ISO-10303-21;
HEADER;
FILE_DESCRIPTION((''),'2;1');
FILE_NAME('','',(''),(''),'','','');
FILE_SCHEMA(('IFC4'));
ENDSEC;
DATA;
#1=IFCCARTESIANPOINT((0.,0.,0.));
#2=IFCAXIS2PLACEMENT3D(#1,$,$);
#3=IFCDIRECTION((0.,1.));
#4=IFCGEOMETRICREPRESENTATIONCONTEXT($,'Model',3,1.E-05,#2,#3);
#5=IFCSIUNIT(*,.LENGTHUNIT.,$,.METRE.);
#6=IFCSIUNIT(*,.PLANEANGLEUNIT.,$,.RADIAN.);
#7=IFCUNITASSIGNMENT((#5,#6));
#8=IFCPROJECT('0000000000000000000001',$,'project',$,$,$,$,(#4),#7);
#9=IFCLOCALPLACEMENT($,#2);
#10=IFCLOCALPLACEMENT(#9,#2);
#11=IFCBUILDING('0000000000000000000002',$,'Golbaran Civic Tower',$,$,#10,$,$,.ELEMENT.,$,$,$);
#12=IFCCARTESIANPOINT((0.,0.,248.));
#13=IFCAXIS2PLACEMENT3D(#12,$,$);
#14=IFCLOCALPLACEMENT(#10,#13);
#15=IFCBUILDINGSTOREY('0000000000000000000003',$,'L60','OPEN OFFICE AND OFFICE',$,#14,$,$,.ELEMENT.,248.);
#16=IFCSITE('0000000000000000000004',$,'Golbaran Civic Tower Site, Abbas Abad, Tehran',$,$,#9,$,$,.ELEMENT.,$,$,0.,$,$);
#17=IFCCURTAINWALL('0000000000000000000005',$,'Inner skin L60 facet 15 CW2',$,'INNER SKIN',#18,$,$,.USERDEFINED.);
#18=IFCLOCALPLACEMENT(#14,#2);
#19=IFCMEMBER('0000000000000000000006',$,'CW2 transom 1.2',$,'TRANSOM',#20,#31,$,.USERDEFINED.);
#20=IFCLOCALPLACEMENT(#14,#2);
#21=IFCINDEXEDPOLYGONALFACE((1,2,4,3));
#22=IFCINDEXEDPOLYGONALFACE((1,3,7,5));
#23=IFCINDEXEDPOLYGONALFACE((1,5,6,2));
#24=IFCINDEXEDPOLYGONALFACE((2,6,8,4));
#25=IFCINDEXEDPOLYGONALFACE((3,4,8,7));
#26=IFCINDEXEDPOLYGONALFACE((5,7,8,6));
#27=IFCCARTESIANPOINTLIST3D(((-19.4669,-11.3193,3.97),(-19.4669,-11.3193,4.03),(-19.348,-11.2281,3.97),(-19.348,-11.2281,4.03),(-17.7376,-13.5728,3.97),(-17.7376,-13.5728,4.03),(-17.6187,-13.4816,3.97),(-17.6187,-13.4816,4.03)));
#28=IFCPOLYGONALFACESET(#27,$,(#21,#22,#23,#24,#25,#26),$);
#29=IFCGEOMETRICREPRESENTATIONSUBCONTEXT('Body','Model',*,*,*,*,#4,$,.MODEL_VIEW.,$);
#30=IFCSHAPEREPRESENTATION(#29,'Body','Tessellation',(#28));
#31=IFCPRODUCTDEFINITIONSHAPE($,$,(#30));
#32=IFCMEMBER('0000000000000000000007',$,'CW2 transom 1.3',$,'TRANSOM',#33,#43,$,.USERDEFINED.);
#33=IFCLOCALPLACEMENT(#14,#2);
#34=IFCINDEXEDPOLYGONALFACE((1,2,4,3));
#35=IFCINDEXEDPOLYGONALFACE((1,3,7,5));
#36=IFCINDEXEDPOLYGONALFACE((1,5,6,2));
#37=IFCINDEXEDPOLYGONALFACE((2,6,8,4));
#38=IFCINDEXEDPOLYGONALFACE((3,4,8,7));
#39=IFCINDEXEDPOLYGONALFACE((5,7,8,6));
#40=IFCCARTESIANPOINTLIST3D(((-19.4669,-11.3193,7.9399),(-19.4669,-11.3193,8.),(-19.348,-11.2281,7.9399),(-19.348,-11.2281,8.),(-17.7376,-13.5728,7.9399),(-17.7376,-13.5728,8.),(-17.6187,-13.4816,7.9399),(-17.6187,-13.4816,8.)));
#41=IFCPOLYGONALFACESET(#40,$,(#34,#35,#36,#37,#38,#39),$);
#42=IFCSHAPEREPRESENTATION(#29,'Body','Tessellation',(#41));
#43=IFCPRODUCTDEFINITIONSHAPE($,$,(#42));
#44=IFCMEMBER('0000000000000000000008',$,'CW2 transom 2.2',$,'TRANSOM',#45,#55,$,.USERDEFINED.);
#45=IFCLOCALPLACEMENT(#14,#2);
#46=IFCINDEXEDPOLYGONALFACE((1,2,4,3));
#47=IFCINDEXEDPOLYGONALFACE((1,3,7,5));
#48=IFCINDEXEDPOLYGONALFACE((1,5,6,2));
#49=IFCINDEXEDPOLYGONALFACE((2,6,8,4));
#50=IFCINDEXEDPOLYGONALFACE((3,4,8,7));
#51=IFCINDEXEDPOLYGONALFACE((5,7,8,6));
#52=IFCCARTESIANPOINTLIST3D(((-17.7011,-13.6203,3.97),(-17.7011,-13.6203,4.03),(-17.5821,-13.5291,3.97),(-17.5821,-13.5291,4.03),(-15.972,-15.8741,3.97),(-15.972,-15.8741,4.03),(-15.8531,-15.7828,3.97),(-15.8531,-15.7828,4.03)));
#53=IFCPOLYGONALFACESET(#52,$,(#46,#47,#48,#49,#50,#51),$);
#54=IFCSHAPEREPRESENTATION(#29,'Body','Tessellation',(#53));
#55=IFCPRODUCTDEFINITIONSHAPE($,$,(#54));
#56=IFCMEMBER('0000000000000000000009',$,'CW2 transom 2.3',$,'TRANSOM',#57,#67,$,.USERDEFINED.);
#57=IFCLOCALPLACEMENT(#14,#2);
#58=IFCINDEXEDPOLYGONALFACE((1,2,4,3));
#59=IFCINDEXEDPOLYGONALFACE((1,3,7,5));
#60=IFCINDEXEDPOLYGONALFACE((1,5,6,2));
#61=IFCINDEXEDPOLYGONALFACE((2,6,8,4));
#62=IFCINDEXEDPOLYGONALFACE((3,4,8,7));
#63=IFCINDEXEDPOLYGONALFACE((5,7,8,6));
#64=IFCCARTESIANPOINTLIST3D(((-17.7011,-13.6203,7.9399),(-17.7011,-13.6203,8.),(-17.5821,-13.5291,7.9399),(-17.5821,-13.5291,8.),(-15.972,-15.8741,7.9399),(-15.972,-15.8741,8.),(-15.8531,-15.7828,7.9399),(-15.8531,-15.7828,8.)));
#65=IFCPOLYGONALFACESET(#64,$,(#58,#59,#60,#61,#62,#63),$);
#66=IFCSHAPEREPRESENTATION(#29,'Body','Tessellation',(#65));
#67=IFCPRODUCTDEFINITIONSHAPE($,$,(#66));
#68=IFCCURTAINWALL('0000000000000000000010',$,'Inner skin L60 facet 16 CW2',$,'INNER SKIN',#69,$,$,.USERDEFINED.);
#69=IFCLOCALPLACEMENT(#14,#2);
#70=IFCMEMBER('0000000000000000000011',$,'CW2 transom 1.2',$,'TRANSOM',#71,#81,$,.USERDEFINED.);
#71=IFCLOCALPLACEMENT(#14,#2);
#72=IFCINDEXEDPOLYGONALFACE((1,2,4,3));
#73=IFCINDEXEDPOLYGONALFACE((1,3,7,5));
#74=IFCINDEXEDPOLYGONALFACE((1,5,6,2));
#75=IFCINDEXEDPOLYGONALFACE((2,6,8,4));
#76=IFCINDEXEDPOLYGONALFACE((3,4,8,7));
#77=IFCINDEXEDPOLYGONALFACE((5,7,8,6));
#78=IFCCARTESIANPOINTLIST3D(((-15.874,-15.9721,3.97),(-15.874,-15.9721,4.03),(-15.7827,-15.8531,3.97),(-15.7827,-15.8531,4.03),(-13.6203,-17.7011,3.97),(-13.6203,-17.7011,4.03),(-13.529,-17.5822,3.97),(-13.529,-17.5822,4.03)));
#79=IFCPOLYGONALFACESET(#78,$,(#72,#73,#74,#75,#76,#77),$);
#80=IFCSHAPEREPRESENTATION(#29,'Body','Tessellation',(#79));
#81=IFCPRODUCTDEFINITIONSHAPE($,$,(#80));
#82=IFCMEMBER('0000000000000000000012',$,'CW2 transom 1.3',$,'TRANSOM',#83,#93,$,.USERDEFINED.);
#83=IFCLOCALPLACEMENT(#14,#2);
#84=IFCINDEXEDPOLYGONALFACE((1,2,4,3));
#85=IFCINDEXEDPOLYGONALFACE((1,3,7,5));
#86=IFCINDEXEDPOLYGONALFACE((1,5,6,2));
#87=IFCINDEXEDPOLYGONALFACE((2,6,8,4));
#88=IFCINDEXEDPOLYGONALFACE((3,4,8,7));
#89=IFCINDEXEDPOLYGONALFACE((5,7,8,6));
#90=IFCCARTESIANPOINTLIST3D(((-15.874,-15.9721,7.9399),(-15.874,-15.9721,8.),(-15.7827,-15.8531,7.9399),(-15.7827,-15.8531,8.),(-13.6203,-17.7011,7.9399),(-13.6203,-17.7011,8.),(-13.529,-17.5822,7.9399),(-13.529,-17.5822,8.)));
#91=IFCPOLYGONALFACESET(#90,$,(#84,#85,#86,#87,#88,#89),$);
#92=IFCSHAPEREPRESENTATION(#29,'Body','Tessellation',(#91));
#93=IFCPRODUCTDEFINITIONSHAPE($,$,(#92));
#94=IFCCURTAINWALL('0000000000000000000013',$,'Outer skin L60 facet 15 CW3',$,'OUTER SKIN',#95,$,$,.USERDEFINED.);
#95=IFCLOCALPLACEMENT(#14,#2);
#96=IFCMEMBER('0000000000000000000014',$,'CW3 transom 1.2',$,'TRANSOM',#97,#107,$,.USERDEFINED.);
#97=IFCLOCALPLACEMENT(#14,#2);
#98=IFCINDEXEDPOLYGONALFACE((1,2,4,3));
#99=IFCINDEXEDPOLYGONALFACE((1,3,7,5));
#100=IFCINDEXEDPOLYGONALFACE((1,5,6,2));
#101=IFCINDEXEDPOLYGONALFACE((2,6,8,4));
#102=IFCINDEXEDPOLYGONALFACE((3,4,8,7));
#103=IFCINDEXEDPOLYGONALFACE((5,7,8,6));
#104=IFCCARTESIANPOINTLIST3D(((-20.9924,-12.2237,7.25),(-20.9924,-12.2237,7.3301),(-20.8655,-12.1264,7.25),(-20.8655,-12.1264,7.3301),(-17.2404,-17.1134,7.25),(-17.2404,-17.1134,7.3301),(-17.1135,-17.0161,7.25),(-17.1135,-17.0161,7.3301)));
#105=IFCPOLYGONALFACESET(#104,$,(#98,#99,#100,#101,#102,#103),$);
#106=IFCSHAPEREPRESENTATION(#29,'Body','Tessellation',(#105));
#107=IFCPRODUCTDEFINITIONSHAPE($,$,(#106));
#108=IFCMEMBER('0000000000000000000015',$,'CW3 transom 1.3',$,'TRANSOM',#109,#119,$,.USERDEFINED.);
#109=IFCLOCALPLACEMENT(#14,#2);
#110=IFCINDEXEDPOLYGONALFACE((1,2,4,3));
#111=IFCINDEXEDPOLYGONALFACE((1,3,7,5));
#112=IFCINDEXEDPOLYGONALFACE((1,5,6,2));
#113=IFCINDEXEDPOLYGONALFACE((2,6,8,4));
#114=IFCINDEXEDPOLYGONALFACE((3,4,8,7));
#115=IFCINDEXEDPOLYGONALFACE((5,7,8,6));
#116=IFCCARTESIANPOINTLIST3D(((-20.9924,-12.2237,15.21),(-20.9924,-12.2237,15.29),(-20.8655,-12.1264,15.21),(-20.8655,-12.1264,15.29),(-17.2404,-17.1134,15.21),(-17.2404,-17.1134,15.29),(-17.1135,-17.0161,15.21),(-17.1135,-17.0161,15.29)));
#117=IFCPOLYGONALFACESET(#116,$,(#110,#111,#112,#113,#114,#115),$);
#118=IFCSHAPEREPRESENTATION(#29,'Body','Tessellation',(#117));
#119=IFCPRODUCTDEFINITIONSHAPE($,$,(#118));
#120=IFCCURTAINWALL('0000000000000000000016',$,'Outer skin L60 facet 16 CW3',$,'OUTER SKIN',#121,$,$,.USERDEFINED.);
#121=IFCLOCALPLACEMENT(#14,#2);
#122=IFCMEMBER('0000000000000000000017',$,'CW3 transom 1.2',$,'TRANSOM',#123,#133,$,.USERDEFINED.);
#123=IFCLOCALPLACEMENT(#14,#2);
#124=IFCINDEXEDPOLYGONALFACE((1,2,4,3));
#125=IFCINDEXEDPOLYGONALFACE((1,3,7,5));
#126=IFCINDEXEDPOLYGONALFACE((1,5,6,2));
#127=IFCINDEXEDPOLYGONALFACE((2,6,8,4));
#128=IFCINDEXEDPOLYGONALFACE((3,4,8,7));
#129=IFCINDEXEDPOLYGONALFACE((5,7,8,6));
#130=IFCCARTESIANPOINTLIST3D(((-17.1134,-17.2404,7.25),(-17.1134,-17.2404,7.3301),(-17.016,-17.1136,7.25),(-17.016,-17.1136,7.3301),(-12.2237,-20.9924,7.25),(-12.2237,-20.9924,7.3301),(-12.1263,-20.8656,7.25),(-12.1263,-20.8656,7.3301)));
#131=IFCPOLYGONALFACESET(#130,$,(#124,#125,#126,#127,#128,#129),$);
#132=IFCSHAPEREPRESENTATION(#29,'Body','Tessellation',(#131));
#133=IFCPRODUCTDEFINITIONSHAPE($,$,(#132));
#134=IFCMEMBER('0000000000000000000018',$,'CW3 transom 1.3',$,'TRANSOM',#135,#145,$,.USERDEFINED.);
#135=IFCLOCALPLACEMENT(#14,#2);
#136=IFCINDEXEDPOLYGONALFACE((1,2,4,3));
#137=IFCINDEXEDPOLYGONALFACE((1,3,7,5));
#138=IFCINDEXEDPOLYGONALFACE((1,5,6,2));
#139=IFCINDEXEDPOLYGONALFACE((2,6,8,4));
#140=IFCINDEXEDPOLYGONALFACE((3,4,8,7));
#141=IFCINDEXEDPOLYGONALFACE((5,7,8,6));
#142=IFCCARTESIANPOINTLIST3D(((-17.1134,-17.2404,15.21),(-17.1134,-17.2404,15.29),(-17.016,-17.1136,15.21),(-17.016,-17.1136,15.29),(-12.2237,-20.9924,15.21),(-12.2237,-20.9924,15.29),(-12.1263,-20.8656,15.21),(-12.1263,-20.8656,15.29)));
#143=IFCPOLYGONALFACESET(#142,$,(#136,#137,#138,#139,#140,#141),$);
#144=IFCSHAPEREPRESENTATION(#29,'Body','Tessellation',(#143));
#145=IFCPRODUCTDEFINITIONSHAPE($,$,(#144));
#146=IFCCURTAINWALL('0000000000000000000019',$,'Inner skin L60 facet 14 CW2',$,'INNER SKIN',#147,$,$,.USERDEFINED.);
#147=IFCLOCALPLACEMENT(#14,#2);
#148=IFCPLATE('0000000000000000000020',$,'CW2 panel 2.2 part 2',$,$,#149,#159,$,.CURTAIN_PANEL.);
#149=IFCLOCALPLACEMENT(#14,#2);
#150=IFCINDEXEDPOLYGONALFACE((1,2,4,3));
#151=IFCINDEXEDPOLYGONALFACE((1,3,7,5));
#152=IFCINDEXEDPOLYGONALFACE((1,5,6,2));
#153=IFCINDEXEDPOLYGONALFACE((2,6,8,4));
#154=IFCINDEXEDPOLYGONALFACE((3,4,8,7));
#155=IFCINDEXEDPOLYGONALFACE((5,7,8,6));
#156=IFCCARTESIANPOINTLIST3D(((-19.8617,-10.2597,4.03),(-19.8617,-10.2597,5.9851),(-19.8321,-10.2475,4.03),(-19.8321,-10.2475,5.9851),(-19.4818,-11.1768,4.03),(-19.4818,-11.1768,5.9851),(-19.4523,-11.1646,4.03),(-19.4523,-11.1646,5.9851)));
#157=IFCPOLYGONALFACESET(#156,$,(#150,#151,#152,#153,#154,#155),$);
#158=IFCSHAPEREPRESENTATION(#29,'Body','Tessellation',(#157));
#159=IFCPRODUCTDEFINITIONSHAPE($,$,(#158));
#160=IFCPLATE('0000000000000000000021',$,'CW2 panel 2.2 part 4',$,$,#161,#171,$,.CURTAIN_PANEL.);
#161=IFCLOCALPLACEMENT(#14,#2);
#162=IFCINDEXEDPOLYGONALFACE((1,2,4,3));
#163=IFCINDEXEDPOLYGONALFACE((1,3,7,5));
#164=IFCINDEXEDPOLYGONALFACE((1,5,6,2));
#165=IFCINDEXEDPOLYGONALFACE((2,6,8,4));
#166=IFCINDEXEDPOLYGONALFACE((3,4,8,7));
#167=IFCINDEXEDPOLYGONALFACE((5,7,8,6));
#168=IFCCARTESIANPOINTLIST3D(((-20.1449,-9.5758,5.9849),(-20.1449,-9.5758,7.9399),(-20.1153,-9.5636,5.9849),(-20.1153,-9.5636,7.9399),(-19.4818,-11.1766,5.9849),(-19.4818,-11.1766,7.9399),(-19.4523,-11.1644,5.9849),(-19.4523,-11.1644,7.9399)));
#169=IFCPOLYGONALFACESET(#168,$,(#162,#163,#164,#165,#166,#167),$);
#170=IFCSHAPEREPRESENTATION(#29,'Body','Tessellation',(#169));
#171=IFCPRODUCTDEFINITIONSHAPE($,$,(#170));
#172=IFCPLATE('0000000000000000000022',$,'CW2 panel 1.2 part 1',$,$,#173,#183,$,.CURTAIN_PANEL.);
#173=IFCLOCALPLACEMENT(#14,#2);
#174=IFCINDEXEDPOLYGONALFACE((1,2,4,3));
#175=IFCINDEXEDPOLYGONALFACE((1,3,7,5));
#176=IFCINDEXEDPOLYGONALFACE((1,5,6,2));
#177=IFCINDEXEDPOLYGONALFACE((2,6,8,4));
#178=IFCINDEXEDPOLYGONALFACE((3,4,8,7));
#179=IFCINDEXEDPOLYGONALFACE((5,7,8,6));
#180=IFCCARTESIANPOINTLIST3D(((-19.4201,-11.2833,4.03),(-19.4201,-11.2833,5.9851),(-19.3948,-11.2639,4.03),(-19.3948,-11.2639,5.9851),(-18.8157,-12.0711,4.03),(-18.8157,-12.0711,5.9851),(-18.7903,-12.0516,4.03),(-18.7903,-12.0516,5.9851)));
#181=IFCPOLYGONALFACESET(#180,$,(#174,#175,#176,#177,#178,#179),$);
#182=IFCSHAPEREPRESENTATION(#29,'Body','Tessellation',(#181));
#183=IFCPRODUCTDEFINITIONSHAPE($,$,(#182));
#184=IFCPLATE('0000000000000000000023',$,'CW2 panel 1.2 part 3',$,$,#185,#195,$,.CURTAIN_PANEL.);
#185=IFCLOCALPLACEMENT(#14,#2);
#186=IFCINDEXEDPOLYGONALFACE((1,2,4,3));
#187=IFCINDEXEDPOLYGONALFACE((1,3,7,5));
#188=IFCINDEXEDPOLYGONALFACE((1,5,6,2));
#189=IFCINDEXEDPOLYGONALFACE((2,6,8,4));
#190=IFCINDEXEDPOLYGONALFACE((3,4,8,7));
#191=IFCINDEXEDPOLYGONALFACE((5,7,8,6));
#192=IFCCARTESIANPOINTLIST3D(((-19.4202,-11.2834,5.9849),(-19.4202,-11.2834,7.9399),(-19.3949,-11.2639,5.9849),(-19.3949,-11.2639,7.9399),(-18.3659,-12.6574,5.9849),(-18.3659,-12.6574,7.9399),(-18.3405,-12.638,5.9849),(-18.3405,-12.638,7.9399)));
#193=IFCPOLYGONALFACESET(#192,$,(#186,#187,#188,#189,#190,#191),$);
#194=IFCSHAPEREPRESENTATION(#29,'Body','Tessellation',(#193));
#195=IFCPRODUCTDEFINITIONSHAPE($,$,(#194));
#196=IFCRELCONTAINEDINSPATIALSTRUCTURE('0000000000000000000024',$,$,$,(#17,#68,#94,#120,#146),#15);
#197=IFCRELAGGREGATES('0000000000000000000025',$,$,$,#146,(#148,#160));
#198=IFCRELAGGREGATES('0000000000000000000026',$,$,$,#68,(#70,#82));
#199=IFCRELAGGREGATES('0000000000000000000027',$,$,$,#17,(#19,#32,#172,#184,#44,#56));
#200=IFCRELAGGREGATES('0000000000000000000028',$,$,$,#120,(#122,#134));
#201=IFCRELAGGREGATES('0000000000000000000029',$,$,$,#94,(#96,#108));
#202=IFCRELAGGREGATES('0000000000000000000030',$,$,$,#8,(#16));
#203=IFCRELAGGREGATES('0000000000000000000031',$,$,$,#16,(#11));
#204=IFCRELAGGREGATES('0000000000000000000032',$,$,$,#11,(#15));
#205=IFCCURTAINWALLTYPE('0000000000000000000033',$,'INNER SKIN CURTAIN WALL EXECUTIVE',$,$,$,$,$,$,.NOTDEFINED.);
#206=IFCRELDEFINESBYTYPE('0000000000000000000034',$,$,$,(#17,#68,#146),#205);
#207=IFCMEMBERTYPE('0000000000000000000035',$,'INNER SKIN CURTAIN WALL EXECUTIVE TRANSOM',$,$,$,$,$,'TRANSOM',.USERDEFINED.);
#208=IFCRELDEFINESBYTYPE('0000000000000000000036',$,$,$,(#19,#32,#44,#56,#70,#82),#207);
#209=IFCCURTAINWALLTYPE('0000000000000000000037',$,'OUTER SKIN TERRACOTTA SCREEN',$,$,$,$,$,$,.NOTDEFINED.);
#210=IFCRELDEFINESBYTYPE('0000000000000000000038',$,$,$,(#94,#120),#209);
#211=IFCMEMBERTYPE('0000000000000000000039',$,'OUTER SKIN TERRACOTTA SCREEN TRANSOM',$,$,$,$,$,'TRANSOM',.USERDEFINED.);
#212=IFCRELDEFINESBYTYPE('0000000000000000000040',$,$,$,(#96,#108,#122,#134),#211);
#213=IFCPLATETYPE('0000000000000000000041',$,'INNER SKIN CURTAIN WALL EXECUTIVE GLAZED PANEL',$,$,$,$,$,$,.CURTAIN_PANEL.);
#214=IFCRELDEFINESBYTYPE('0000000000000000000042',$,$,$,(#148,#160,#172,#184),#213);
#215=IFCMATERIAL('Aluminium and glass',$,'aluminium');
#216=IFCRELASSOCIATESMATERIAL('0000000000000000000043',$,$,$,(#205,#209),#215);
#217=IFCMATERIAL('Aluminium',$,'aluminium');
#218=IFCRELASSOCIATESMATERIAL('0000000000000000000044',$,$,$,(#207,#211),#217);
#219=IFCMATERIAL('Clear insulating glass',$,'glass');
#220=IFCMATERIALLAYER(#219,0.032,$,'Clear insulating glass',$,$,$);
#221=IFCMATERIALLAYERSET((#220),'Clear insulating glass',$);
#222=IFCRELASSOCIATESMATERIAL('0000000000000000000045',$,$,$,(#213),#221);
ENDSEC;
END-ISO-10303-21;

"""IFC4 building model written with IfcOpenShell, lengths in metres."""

from ifc_helpers import new_model, si_unit, direction, frame, origin, origin_2d, place, context, subcontext, project, spatial, rectangle, extrude, material, layer, layer_set, material_profile, profile_set, type_object, element, aggregate, save


model = new_model("IFC4")

# Units and contexts
model_context = context("Model", 3, precision=1e-05, world=origin(), true_north=direction((0.0, 1.0)))
body_context = subcontext(model_context, "Body", "Model", "MODEL_VIEW")
ifc_project = project(units=[si_unit("LENGTHUNIT", "METRE"), si_unit("PLANEANGLEUNIT", "RADIAN")], contexts=[model_context])

# Site, building, storey
site_placement = place(None, origin())
site = spatial("IfcSite", under=ifc_project, at=site_placement, Name="Golbaran Civic Tower Site, Abbas Abad, Tehran", CompositionType="ELEMENT", RefElevation=0.0)
building_placement = place(site_placement, origin())
building = spatial("IfcBuilding", under=site, at=building_placement, Name="Golbaran Civic Tower", CompositionType="ELEMENT")
storey_placement = place(building_placement, frame((0.0, 0.0, 248.0)))
storey = spatial("IfcBuildingStorey", under=building, at=storey_placement, Name="L60", Description="OPEN OFFICE AND OFFICE", CompositionType="ELEMENT", Elevation=248.0)

# Curtain walls, members
ifc_material_1 = material(Name="Aluminium and glass", Category="aluminium")
curtain_wall_type_1 = type_object("IfcCurtainWallType", Name="INNER SKIN CURTAIN WALL EXECUTIVE", PredefinedType="NOTDEFINED", material=ifc_material_1)
curtain_wall_1_placement = place(storey_placement, origin())
curtain_wall_1 = element("IfcCurtainWall", 1, at=curtain_wall_1_placement, inside=storey, type_object=curtain_wall_type_1, Name="Inner skin L60 facet 15 CW2", ObjectType="INNER SKIN", PredefinedType="USERDEFINED")
ifc_material_2 = material(Name="Aluminium", Category="aluminium")
ifc_material_profile_1 = material_profile(ifc_material_2, rectangle(XDim=0.1499, YDim=0.0601, at=origin_2d()), Name="INNER SKIN CURTAIN WALL EXECUTIVE TRANSOM")
ifc_profile_set_1 = profile_set([ifc_material_profile_1], Name="Aluminium")
member_type_1 = type_object("IfcMemberType", Name="INNER SKIN CURTAIN WALL EXECUTIVE TRANSOM", ElementType="TRANSOM", PredefinedType="USERDEFINED", material=ifc_profile_set_1)
member_1_placement = place(storey_placement, frame((-19.4075, -11.2737, 4.0), z_axis=(0.608792, -0.79333, 0.0), x_axis=(0.79333, 0.608792, 0.0)))
member_1 = element("IfcMember", 2, at=member_1_placement, type_object=member_type_1, Name="CW2 transom 1.2", ObjectType="TRANSOM", PredefinedType="USERDEFINED", context=body_context, shape_type="SweptSolid", body=[
    extrude(rectangle(XDim=0.1499, YDim=0.0601, at=origin_2d()), origin(), (0.0, 0.0, 1.0), 2.8406),
])
member_2_placement = place(storey_placement, frame((-19.4075, -11.2737, 7.97), z_axis=(0.608792, -0.79333, 0.0), x_axis=(0.79333, 0.608792, 0.0)))
member_2 = element("IfcMember", 3, at=member_2_placement, type_object=member_type_1, Name="CW2 transom 1.3", ObjectType="TRANSOM", PredefinedType="USERDEFINED", context=body_context, shape_type="SweptSolid", body=[
    extrude(rectangle(XDim=0.1499, YDim=0.0601, at=origin_2d()), origin(), (0.0, 0.0, 1.0), 2.8406),
])
member_3_placement = place(storey_placement, frame((-17.6416, -13.5747, 4.0), z_axis=(0.608697, -0.793403, 0.0), x_axis=(0.793403, 0.608697, 0.0)))
member_3 = element("IfcMember", 4, at=member_3_placement, type_object=member_type_1, Name="CW2 transom 2.2", ObjectType="TRANSOM", PredefinedType="USERDEFINED", context=body_context, shape_type="SweptSolid", body=[
    extrude(rectangle(XDim=0.1499, YDim=0.0601, at=origin_2d()), origin(), (0.0, 0.0, 1.0), 2.8406),
])
member_4_placement = place(storey_placement, frame((-17.6416, -13.5747, 7.97), z_axis=(0.608697, -0.793403, 0.0), x_axis=(0.793403, 0.608697, 0.0)))
member_4 = element("IfcMember", 5, at=member_4_placement, type_object=member_type_1, Name="CW2 transom 2.3", ObjectType="TRANSOM", PredefinedType="USERDEFINED", context=body_context, shape_type="SweptSolid", body=[
    extrude(rectangle(XDim=0.1499, YDim=0.0601, at=origin_2d()), origin(), (0.0, 0.0, 1.0), 2.8406),
])
curtain_wall_2_placement = place(storey_placement, origin())
curtain_wall_2 = element("IfcCurtainWall", 6, at=curtain_wall_2_placement, inside=storey, type_object=curtain_wall_type_1, Name="Inner skin L60 facet 16 CW2", ObjectType="INNER SKIN", PredefinedType="USERDEFINED")
member_5_placement = place(storey_placement, frame((-15.8284, -15.9126, 4.0), z_axis=(0.793403, -0.608697, 0.0), x_axis=(0.608697, 0.793403, 0.0)))
member_5 = element("IfcMember", 7, at=member_5_placement, type_object=member_type_1, Name="CW2 transom 1.2", ObjectType="TRANSOM", PredefinedType="USERDEFINED", context=body_context, shape_type="SweptSolid", body=[
    extrude(rectangle(XDim=0.1499, YDim=0.0601, at=origin_2d()), origin(), (0.0, 0.0, 1.0), 2.8406),
])
member_6_placement = place(storey_placement, frame((-15.8284, -15.9126, 7.97), z_axis=(0.793403, -0.608697, 0.0), x_axis=(0.608697, 0.793403, 0.0)))
member_6 = element("IfcMember", 8, at=member_6_placement, type_object=member_type_1, Name="CW2 transom 1.3", ObjectType="TRANSOM", PredefinedType="USERDEFINED", context=body_context, shape_type="SweptSolid", body=[
    extrude(rectangle(XDim=0.1499, YDim=0.0601, at=origin_2d()), origin(), (0.0, 0.0, 1.0), 2.8406),
])
curtain_wall_type_2 = type_object("IfcCurtainWallType", Name="OUTER SKIN TERRACOTTA SCREEN", PredefinedType="NOTDEFINED", material=ifc_material_1)
curtain_wall_3_placement = place(storey_placement, origin())
curtain_wall_3 = element("IfcCurtainWall", 9, at=curtain_wall_3_placement, inside=storey, type_object=curtain_wall_type_2, Name="Outer skin L60 facet 15 CW3", ObjectType="OUTER SKIN", PredefinedType="USERDEFINED")
ifc_material_profile_2 = material_profile(ifc_material_2, rectangle(XDim=0.1599, YDim=0.0801, at=origin_2d()), Name="OUTER SKIN TERRACOTTA SCREEN TRANSOM")
ifc_profile_set_2 = profile_set([ifc_material_profile_2], Name="Aluminium")
member_type_2 = type_object("IfcMemberType", Name="OUTER SKIN TERRACOTTA SCREEN TRANSOM", ElementType="TRANSOM", PredefinedType="USERDEFINED", material=ifc_profile_set_2)
member_7_placement = place(storey_placement, frame((-20.929, -12.175, 7.29), z_axis=(0.608761, -0.793354, 0.0), x_axis=(0.793354, 0.608761, 0.0)))
member_7 = element("IfcMember", 10, at=member_7_placement, type_object=member_type_2, Name="CW3 transom 1.2", ObjectType="TRANSOM", PredefinedType="USERDEFINED", context=body_context, shape_type="SweptSolid", body=[
    extrude(rectangle(XDim=0.1599, YDim=0.0801, at=origin_2d()), origin(), (0.0, 0.0, 1.0), 6.1633),
])
member_8_placement = place(storey_placement, frame((-20.929, -12.175, 15.25), z_axis=(0.608761, -0.793354, 0.0), x_axis=(0.793354, 0.608761, 0.0)))
member_8 = element("IfcMember", 11, at=member_8_placement, type_object=member_type_2, Name="CW3 transom 1.3", ObjectType="TRANSOM", PredefinedType="USERDEFINED", context=body_context, shape_type="SweptSolid", body=[
    extrude(rectangle(XDim=0.1599, YDim=0.0801, at=origin_2d()), origin(), (0.0, 0.0, 1.0), 6.1633),
])
curtain_wall_4_placement = place(storey_placement, origin())
curtain_wall_4 = element("IfcCurtainWall", 12, at=curtain_wall_4_placement, inside=storey, type_object=curtain_wall_type_2, Name="Outer skin L60 facet 16 CW3", ObjectType="OUTER SKIN", PredefinedType="USERDEFINED")
member_9_placement = place(storey_placement, frame((-17.0647, -17.177, 7.29), z_axis=(0.793354, -0.608761, 0.0), x_axis=(0.608761, 0.793354, 0.0)))
member_9 = element("IfcMember", 13, at=member_9_placement, type_object=member_type_2, Name="CW3 transom 1.2", ObjectType="TRANSOM", PredefinedType="USERDEFINED", context=body_context, shape_type="SweptSolid", body=[
    extrude(rectangle(XDim=0.1599, YDim=0.0801, at=origin_2d()), origin(), (0.0, 0.0, 1.0), 6.1633),
])
member_10_placement = place(storey_placement, frame((-17.0647, -17.177, 15.25), z_axis=(0.793354, -0.608761, 0.0), x_axis=(0.608761, 0.793354, 0.0)))
member_10 = element("IfcMember", 14, at=member_10_placement, type_object=member_type_2, Name="CW3 transom 1.3", ObjectType="TRANSOM", PredefinedType="USERDEFINED", context=body_context, shape_type="SweptSolid", body=[
    extrude(rectangle(XDim=0.1599, YDim=0.0801, at=origin_2d()), origin(), (0.0, 0.0, 1.0), 6.1633),
])

# Curtain wall, plates
curtain_wall_5_placement = place(storey_placement, origin())
curtain_wall_5 = element("IfcCurtainWall", 15, at=curtain_wall_5_placement, inside=storey, type_object=curtain_wall_type_1, Name="Inner skin L60 facet 14 CW2", ObjectType="INNER SKIN", PredefinedType="USERDEFINED")
ifc_material_3 = material(Name="Clear insulating glass", Category="glass")
ifc_layer_1 = layer(ifc_material_3, 0.032, Name="Clear insulating glass")
ifc_layer_set_1 = layer_set([ifc_layer_1], Name="Clear insulating glass")
plate_type_1 = type_object("IfcPlateType", Name="INNER SKIN CURTAIN WALL EXECUTIVE GLAZED PANEL", PredefinedType="CURTAIN_PANEL", material=ifc_layer_set_1)
plate_1_placement = place(storey_placement, frame((-19.657, -10.7122, 4.03), z_axis=(0.0, 0.0, 1.0), x_axis=(0.382683, -0.92388, 0.0)))
plate_1 = element("IfcPlate", 16, at=plate_1_placement, type_object=plate_type_1, Name="CW2 panel 2.2 part 2", PredefinedType="CURTAIN_PANEL", context=body_context, shape_type="SweptSolid", body=[
    extrude(rectangle(XDim=0.9927, YDim=0.032, at=origin_2d()), origin(), (0.0, 0.0, 1.0), 1.9551),
])
plate_2_placement = place(storey_placement, frame((-19.7986, -10.3701, 5.9849), z_axis=(0.0, 0.0, 1.0), x_axis=(0.382683, -0.92388, 0.0)))
plate_2 = element("IfcPlate", 17, at=plate_2_placement, type_object=plate_type_1, Name="CW2 panel 2.2 part 4", PredefinedType="CURTAIN_PANEL", context=body_context, shape_type="SweptSolid", body=[
    extrude(rectangle(XDim=1.7327, YDim=0.032, at=origin_2d()), origin(), (0.0, 0.0, 1.0), 1.9551),
])
aggregate(curtain_wall_5, [plate_1, plate_2])

# Plates
plate_3_placement = place(storey_placement, frame((-19.1052, -11.6675, 4.03), z_axis=(0.0, 0.0, 1.0), x_axis=(0.608761, -0.793353, 0.0)))
plate_3 = element("IfcPlate", 18, at=plate_3_placement, type_object=plate_type_1, Name="CW2 panel 1.2 part 1", PredefinedType="CURTAIN_PANEL", context=body_context, shape_type="SweptSolid", body=[
    extrude(rectangle(XDim=0.9929, YDim=0.032, at=origin_2d()), origin(), (0.0, 0.0, 1.0), 1.9551),
])
plate_4_placement = place(storey_placement, frame((-18.8804, -11.9607, 5.9849), z_axis=(0.0, 0.0, 1.0), x_axis=(0.608761, -0.793353, 0.0)))
plate_4 = element("IfcPlate", 19, at=plate_4_placement, type_object=plate_type_1, Name="CW2 panel 1.2 part 3", PredefinedType="CURTAIN_PANEL", context=body_context, shape_type="SweptSolid", body=[
    extrude(rectangle(XDim=1.7319, YDim=0.032, at=origin_2d()), origin(), (0.0, 0.0, 1.0), 1.9551),
])
aggregate(curtain_wall_2, [member_5, member_6])
aggregate(curtain_wall_1, [member_1, member_2, plate_3, plate_4, member_3, member_4])

aggregate(curtain_wall_4, [member_9, member_10])
aggregate(curtain_wall_3, [member_7, member_8])

save(model, "model.ifc")
